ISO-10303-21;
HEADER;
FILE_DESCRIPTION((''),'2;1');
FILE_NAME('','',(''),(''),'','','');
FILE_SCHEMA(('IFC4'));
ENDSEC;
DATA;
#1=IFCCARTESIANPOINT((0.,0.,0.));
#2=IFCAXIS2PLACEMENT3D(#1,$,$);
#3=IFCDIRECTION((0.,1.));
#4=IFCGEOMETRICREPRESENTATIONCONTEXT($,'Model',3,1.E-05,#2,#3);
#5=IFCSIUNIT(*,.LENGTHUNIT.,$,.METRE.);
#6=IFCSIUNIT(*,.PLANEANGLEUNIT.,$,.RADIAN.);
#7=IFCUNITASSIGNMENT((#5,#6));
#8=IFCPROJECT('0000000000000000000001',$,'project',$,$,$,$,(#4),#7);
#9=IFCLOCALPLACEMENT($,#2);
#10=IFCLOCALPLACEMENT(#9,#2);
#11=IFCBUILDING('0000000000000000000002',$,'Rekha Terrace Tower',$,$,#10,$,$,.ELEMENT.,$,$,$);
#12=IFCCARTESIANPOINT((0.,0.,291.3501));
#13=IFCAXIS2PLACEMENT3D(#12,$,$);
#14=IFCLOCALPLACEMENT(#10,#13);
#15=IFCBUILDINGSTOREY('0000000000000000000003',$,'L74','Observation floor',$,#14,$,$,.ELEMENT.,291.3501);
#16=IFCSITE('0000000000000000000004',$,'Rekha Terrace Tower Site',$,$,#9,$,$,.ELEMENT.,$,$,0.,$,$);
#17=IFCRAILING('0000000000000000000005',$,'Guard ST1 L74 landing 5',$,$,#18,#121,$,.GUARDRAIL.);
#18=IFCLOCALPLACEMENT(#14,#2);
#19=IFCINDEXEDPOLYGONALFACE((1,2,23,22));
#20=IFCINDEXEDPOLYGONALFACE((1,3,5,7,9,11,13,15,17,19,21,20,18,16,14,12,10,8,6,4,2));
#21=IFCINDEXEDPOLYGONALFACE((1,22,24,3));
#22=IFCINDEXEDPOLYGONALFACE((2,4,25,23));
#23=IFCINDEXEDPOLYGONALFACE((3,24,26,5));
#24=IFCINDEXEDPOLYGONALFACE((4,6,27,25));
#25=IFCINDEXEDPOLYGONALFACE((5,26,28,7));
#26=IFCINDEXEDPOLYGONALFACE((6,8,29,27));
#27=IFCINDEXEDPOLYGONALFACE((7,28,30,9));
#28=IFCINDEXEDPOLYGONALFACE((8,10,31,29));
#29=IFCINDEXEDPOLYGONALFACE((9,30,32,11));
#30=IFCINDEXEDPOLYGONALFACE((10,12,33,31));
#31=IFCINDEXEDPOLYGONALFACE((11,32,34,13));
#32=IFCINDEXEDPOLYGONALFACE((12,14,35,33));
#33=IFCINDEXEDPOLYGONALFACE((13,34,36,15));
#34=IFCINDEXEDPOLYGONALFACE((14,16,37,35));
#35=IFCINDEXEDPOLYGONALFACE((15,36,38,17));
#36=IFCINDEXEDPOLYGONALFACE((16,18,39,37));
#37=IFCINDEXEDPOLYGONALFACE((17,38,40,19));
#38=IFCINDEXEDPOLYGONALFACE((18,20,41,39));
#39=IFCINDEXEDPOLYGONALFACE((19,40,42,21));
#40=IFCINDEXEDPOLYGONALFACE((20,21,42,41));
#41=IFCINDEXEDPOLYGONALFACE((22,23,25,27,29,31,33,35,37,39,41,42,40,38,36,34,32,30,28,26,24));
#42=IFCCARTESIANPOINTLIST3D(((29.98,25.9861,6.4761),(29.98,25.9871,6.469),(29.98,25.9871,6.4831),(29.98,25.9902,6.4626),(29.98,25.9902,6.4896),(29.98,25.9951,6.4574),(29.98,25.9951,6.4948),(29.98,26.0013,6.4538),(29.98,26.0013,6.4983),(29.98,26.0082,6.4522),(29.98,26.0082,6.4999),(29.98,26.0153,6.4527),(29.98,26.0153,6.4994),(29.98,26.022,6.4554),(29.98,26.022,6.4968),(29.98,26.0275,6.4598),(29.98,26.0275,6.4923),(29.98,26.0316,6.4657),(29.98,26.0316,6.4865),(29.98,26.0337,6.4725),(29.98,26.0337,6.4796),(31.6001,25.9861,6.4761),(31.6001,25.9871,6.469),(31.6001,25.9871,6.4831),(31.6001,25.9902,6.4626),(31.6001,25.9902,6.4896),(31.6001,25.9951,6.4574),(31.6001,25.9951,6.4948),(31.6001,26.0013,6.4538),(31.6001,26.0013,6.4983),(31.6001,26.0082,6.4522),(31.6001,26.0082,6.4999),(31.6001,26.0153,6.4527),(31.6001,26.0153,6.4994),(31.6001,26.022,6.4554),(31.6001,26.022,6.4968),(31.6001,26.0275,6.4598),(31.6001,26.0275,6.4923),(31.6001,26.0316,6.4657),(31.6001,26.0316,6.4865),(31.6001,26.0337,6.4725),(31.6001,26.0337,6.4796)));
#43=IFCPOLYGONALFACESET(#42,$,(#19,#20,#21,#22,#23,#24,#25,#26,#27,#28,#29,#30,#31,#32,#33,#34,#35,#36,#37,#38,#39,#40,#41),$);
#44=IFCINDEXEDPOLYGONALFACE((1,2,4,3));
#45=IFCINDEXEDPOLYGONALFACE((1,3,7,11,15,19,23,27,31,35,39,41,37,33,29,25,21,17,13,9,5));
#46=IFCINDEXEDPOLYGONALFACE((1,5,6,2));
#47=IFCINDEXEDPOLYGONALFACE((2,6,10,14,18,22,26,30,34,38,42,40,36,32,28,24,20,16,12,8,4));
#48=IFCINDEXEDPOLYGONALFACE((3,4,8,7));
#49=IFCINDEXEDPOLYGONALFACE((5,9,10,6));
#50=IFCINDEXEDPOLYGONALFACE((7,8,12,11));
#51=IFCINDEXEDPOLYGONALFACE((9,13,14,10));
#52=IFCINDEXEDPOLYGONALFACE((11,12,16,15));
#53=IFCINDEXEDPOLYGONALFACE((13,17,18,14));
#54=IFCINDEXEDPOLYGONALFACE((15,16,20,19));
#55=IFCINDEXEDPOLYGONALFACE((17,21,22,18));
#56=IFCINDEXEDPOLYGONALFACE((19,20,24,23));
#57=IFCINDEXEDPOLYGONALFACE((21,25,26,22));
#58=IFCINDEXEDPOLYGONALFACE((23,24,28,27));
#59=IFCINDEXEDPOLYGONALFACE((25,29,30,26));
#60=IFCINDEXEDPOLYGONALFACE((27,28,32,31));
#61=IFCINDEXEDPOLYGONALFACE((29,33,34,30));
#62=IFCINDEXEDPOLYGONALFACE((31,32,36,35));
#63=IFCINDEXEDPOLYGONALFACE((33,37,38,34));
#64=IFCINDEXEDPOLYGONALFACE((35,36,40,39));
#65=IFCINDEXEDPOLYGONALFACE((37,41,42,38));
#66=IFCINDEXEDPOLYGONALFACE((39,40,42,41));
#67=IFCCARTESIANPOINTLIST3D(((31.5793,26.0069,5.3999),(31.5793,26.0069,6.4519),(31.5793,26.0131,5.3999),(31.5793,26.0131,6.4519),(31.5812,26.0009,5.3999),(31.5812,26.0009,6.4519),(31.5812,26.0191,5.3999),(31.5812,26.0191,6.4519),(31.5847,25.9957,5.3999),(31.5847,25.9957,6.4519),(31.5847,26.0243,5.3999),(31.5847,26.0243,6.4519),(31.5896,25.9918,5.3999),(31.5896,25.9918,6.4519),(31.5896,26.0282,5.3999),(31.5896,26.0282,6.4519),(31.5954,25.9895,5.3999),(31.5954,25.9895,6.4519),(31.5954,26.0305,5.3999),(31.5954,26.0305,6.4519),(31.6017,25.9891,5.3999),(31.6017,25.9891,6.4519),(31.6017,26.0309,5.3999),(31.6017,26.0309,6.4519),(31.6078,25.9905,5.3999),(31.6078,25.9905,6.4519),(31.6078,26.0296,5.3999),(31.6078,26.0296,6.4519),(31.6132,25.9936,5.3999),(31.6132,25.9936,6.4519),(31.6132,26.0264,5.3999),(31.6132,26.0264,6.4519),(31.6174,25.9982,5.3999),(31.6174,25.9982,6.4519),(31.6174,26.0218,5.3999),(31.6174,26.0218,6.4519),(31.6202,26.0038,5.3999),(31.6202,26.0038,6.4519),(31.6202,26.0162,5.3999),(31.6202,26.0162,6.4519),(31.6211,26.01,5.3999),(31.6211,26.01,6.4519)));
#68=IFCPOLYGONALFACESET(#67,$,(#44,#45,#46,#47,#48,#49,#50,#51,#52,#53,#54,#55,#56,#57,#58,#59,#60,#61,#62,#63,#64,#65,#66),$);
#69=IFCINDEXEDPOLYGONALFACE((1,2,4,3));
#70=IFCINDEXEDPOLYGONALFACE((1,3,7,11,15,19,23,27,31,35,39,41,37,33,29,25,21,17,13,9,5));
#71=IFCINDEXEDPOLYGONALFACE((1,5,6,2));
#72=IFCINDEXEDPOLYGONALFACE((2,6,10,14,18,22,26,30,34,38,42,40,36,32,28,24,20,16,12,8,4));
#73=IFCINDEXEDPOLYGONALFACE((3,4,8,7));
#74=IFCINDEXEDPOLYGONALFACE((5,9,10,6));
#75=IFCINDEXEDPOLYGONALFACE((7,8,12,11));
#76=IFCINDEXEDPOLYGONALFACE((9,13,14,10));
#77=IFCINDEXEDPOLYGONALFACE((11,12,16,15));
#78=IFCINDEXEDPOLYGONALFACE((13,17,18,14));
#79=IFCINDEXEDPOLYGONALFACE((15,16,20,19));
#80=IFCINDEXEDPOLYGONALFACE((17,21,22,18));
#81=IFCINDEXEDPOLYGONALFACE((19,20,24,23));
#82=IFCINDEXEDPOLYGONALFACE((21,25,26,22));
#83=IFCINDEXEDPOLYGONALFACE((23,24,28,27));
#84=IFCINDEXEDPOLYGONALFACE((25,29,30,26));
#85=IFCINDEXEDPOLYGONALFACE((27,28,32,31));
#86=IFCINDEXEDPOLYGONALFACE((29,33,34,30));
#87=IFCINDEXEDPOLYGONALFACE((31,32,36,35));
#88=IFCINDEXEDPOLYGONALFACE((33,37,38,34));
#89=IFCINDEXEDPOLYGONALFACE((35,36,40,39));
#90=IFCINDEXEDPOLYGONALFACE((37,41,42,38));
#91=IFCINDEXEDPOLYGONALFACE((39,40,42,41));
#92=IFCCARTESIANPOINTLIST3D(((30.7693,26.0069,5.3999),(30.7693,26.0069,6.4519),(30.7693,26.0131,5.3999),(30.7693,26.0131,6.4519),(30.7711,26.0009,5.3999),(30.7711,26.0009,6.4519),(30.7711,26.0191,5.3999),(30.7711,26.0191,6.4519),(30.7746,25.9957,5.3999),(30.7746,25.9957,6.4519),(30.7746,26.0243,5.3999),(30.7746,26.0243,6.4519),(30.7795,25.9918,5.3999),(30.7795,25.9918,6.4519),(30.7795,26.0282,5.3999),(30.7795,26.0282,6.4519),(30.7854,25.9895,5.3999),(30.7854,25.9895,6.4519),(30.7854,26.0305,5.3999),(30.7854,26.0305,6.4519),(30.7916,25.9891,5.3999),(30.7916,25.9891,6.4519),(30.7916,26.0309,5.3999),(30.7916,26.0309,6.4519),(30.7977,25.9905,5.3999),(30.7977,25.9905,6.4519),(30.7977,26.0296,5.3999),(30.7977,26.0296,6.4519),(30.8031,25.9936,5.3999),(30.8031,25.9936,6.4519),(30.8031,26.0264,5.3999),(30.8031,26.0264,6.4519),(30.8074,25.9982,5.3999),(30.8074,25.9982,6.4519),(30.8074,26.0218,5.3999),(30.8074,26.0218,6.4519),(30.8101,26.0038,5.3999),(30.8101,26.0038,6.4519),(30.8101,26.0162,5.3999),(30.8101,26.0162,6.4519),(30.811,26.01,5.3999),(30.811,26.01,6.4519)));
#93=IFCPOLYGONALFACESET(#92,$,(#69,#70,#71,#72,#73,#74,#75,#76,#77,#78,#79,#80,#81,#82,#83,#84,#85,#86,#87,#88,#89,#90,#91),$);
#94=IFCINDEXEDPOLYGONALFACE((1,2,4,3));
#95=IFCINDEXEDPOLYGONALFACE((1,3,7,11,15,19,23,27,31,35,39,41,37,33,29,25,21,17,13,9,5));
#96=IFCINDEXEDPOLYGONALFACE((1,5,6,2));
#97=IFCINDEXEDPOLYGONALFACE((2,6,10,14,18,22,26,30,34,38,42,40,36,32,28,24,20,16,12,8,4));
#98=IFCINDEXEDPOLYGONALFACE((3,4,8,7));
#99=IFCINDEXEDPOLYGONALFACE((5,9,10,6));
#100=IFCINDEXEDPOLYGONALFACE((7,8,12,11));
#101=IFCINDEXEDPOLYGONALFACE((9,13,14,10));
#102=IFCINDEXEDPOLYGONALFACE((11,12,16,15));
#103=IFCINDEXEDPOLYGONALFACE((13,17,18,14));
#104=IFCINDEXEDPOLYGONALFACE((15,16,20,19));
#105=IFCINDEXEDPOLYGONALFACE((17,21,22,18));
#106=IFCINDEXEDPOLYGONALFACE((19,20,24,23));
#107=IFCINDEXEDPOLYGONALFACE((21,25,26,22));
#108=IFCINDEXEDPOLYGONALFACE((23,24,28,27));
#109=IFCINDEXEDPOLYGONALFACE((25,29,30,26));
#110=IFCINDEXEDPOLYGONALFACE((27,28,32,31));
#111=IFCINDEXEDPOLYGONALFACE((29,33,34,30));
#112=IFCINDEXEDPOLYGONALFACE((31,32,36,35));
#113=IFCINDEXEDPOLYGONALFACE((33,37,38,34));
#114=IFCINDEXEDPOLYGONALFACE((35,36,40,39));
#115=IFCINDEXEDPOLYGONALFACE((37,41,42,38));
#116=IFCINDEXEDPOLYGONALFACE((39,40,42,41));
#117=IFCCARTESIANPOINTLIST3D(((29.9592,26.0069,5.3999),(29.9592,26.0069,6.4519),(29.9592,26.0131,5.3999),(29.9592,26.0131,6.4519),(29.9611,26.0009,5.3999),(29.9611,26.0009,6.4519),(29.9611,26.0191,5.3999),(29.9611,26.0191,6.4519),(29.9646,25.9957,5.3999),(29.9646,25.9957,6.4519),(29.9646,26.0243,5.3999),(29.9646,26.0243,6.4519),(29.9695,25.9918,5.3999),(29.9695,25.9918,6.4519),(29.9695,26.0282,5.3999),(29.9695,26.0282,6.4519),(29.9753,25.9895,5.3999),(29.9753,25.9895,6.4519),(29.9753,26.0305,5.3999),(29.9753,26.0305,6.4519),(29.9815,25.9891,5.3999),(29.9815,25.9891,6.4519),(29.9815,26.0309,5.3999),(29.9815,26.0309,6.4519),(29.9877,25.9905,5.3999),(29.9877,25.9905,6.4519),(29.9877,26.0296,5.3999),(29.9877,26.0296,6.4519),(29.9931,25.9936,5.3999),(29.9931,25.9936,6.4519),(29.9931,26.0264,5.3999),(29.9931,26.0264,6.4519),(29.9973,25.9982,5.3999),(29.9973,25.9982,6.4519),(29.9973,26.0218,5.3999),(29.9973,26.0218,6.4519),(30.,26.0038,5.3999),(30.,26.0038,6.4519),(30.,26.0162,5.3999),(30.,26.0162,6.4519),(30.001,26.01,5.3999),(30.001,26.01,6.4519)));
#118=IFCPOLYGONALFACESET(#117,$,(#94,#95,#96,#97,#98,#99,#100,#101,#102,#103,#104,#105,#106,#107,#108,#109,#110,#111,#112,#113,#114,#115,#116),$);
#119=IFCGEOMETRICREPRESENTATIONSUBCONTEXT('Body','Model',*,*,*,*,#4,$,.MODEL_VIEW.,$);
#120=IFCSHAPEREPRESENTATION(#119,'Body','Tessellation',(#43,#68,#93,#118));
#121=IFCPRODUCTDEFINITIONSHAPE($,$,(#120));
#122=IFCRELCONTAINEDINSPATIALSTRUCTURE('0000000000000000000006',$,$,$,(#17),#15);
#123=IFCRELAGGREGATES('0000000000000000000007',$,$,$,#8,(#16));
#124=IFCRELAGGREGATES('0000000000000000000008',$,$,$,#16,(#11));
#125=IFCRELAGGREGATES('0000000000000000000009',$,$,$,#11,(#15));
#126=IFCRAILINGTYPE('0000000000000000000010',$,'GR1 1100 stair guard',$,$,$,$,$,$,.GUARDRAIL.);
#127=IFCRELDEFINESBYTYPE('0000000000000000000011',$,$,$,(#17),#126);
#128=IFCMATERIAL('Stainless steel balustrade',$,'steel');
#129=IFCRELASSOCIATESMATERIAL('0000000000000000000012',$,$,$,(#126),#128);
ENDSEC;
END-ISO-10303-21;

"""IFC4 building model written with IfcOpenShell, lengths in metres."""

from ifc_helpers import new_model, si_unit, direction, frame, origin, origin_2d, place, context, subcontext, project, spatial, circle, extrude, material, type_object, element, save


model = new_model("IFC4")

# Units and contexts
model_context = context("Model", 3, precision=1e-05, world=origin(), true_north=direction((0.0, 1.0)))
body_context = subcontext(model_context, "Body", "Model", "MODEL_VIEW")
ifc_project = project(units=[si_unit("LENGTHUNIT", "METRE"), si_unit("PLANEANGLEUNIT", "RADIAN")], contexts=[model_context])

# Site, building, storey
site_placement = place(None, origin())
site = spatial("IfcSite", under=ifc_project, at=site_placement, Name="Rekha Terrace Tower Site", CompositionType="ELEMENT", RefElevation=0.0)
building_placement = place(site_placement, origin())
building = spatial("IfcBuilding", under=site, at=building_placement, Name="Rekha Terrace Tower", CompositionType="ELEMENT")
storey_placement = place(building_placement, frame((0.0, 0.0, 291.3501)))
storey = spatial("IfcBuildingStorey", under=building, at=storey_placement, Name="L74", Description="Observation floor", CompositionType="ELEMENT", Elevation=291.3501)

# Railing
ifc_material_1 = material(Name="Stainless steel balustrade", Category="steel")
railing_type_1 = type_object("IfcRailingType", Name="GR1 1100 stair guard", PredefinedType="GUARDRAIL", material=ifc_material_1)
railing_1_placement = place(storey_placement, frame((31.6001, 26.01, 5.3999)))
element("IfcRailing", 1, at=railing_1_placement, inside=storey, type_object=railing_type_1, Name="Guard ST1 L74 landing 5", PredefinedType="GUARDRAIL", context=body_context, shape_type="SweptSolid", body=[
    extrude(circle(Radius=0.0239, at=origin_2d()), frame((0.0, 0.0, 1.0762), z_axis=(-1.0, 0.0, 0.0), x_axis=(0.0, -1.0, 0.0)), (0.0, 0.0, 1.0), 1.6201),
    extrude(circle(Radius=0.021, at=origin_2d()), origin(), (0.0, 0.0, 1.0), 1.052),
    extrude(circle(Radius=0.021, at=origin_2d()), frame((-0.8101, 0.0, 0.0)), (0.0, 0.0, 1.0), 1.052),
    extrude(circle(Radius=0.021, at=origin_2d()), frame((-1.6201, 0.0, 0.0)), (0.0, 0.0, 1.0), 1.052),
])

save(model, "model.ifc")
